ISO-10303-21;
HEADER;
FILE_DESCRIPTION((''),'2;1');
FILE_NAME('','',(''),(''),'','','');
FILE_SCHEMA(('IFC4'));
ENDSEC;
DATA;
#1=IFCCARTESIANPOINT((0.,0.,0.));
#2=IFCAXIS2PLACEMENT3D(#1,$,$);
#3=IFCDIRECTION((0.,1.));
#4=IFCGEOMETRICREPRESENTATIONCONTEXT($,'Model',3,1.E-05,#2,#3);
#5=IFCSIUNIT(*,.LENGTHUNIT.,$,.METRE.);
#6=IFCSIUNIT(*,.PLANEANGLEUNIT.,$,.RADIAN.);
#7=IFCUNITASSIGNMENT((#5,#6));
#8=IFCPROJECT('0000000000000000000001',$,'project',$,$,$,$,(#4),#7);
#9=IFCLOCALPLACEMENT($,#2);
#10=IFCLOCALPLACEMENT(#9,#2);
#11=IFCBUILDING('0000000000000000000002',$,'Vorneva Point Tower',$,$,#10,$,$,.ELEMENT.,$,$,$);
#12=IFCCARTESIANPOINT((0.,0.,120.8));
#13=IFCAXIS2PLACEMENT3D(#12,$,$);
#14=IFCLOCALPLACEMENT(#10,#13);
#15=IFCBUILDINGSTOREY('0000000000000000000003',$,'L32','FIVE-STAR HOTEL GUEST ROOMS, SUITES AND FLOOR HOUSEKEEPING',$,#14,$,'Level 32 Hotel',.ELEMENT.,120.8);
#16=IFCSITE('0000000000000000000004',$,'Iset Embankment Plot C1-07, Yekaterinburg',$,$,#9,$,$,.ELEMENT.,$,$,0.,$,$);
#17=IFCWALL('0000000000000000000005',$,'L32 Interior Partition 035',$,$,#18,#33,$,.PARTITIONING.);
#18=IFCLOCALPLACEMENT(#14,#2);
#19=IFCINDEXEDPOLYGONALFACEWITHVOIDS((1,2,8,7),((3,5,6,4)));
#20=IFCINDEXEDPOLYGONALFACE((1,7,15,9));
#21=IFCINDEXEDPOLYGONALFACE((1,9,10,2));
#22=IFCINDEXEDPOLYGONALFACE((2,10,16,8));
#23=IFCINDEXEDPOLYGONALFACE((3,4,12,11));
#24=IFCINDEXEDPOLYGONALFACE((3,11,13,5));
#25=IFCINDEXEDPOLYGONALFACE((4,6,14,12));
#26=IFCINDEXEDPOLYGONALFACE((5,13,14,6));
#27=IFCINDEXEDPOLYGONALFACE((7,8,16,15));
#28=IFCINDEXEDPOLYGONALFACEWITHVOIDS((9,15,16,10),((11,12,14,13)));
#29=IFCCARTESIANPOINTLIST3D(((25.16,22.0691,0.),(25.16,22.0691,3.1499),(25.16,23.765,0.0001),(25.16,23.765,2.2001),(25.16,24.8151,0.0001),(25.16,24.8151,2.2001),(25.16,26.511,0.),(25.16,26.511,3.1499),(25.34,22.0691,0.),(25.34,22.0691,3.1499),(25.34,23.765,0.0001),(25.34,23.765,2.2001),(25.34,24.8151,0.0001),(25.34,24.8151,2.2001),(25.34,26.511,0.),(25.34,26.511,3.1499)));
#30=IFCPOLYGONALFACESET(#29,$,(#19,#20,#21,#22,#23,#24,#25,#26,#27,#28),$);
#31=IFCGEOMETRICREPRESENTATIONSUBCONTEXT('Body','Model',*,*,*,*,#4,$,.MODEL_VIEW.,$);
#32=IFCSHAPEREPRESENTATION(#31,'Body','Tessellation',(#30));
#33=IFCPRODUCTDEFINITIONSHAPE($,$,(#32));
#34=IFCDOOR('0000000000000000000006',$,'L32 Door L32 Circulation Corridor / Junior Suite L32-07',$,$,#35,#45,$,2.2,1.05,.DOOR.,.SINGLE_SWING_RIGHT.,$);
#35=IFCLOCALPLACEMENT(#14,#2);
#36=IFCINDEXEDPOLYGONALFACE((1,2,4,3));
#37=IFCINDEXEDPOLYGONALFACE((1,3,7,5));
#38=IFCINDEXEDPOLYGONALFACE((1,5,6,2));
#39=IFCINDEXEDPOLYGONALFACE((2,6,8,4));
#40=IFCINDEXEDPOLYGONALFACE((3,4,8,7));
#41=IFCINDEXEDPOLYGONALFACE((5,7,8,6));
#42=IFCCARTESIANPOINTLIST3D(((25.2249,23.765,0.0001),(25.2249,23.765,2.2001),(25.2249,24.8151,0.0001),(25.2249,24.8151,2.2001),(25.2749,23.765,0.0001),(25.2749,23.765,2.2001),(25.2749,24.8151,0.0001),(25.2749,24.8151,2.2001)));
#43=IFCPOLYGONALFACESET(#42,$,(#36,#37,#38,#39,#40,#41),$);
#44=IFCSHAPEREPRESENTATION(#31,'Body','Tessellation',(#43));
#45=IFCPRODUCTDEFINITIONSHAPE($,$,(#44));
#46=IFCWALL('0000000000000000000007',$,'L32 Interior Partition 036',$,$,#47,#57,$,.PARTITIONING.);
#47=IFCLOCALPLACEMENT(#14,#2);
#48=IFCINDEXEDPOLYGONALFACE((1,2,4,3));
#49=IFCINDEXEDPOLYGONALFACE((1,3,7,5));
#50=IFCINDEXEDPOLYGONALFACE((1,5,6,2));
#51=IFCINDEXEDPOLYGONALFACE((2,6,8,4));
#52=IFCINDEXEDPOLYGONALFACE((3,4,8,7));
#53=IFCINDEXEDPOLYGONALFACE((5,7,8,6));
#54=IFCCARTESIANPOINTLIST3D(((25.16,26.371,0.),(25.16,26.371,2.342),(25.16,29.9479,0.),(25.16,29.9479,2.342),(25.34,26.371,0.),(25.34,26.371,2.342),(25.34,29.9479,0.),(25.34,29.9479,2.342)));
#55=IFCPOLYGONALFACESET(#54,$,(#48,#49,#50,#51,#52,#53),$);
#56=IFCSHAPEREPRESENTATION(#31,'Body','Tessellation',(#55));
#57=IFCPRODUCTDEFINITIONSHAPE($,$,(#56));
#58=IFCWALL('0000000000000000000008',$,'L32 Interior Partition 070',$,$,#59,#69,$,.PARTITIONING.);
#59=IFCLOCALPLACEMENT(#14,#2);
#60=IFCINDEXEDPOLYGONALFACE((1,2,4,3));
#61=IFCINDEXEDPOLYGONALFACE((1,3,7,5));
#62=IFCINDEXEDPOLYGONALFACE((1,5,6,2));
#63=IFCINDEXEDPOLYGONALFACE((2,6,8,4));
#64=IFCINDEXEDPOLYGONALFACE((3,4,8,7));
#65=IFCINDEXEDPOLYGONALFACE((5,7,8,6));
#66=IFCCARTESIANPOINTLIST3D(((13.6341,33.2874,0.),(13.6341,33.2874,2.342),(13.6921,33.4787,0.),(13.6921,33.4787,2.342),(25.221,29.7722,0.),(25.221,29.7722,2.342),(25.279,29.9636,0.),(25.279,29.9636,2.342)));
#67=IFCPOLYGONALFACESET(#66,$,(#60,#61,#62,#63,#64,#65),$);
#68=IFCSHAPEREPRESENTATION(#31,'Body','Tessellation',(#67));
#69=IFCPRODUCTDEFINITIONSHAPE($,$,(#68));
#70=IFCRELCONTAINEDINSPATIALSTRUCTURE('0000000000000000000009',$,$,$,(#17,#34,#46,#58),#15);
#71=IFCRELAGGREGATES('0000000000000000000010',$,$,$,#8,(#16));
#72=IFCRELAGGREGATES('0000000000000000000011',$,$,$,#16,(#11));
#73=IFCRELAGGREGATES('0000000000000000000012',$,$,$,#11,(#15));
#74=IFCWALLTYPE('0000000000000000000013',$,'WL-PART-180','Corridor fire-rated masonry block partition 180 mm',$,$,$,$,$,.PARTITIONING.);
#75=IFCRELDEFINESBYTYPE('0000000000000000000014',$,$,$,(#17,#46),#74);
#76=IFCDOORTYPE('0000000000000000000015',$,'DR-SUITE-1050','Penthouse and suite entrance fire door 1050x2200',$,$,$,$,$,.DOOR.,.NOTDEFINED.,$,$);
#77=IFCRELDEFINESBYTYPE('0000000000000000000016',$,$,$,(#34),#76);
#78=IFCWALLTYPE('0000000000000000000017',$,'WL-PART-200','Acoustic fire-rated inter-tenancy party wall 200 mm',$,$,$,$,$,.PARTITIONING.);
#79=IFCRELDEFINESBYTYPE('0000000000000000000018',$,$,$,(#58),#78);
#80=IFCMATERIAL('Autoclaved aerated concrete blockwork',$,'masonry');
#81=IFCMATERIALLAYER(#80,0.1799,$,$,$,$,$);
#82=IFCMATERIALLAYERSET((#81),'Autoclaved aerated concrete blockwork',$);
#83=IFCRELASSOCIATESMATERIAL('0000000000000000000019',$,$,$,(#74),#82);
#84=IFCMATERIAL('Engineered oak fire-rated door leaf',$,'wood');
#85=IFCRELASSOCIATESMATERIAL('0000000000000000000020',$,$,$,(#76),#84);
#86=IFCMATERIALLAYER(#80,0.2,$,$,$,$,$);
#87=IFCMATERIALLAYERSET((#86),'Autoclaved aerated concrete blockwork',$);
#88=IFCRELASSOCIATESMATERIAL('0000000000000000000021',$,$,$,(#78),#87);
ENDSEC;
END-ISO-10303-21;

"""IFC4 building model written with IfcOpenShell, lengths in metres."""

from ifc_helpers import new_model, si_unit, direction, frame, frame_2d, origin, place, context, subcontext, project, spatial, rectangle, extrude, material, layer, layer_set, type_object, element, fill, save


model = new_model("IFC4")

# Units and contexts
model_context = context("Model", 3, precision=1e-05, world=origin(), true_north=direction((0.0, 1.0)))
body_context = subcontext(model_context, "Body", "Model", "MODEL_VIEW")
ifc_project = project(units=[si_unit("LENGTHUNIT", "METRE"), si_unit("PLANEANGLEUNIT", "RADIAN")], contexts=[model_context])

# Site, building, storey
site_placement = place(None, origin())
site = spatial("IfcSite", under=ifc_project, at=site_placement, Name="Iset Embankment Plot C1-07, Yekaterinburg", CompositionType="ELEMENT", RefElevation=0.0)
building_placement = place(site_placement, origin())
building = spatial("IfcBuilding", under=site, at=building_placement, Name="Vorneva Point Tower", CompositionType="ELEMENT")
storey_placement = place(building_placement, frame((0.0, 0.0, 120.8)))
storey = spatial("IfcBuildingStorey", under=building, at=storey_placement, Name="L32", Description="FIVE-STAR HOTEL GUEST ROOMS, SUITES AND FLOOR HOUSEKEEPING", LongName="Level 32 Hotel", CompositionType="ELEMENT", Elevation=120.8)

# Shared definitions
ifc_material_1 = material(Name="Engineered oak fire-rated door leaf", Category="wood")

# Wall, opening, door
ifc_material_2 = material(Name="Autoclaved aerated concrete blockwork", Category="masonry")
ifc_layer_1 = layer(ifc_material_2, 0.1799)
ifc_layer_set_1 = layer_set([ifc_layer_1], Name="Autoclaved aerated concrete blockwork")
wall_type_1 = type_object("IfcWallType", Name="WL-PART-180", Description="Corridor fire-rated masonry block partition 180 mm", PredefinedType="PARTITIONING", material=ifc_layer_set_1)
wall_1_placement = place(storey_placement, frame((25.25, 26.511, 0.0), z_axis=(0.0, 0.0, 1.0), x_axis=(0.0, -1.0, 0.0)))
wall_1 = element("IfcWall", 1, at=wall_1_placement, inside=storey, type_object=wall_type_1, Name="L32 Interior Partition 035", PredefinedType="PARTITIONING", context=body_context, shape_type="SweptSolid", body=[
    extrude(rectangle(XDim=4.4419, YDim=0.1799, at=frame_2d((2.2209, 0.0))), origin(), (0.0, 0.0, 1.0), 3.1499),
])
opening_1_placement = place(wall_1_placement, frame((1.696, 0.0, 0.0)))
opening_1 = element("IfcOpeningElement", 2, at=opening_1_placement, cuts=wall_1, PredefinedType="OPENING", context=body_context, shape_type="SweptSolid", body=[
    extrude(rectangle(XDim=1.05, YDim=2.2, at=frame_2d((0.5249, 1.1001))), frame((0.0, 0.105, 0.0), z_axis=(0.0, -1.0, 0.0), x_axis=(1.0, 0.0, 0.0)), (0.0, 0.0, 1.0), 0.2097),
])
door_type_1 = type_object("IfcDoorType", Name="DR-SUITE-1050", Description="Penthouse and suite entrance fire door 1050x2200", OperationType="NOTDEFINED", PredefinedType="DOOR", material=ifc_material_1)
door_1_placement = place(opening_1_placement, origin())
door_1 = element("IfcDoor", 3, at=door_1_placement, inside=storey, type_object=door_type_1, Name="L32 Door L32 Circulation Corridor / Junior Suite L32-07", OperationType="SINGLE_SWING_RIGHT", OverallHeight=2.2, OverallWidth=1.05, PredefinedType="DOOR", context=body_context, shape_type="SweptSolid", body=[
    extrude(rectangle(XDim=1.05, YDim=2.2, at=frame_2d((0.5249, 1.1001))), frame((0.0, 0.0249, 0.0), z_axis=(0.0, -1.0, 0.0), x_axis=(1.0, 0.0, 0.0)), (0.0, 0.0, 1.0), 0.05),
])
fill(opening_1, door_1)

# Walls
wall_2_placement = place(storey_placement, frame((25.25, 29.948, 0.0), z_axis=(0.0, 0.0, 1.0), x_axis=(0.0, -1.0, 0.0)))
element("IfcWall", 4, at=wall_2_placement, inside=storey, type_object=wall_type_1, Name="L32 Interior Partition 036", PredefinedType="PARTITIONING", context=body_context, shape_type="SweptSolid", body=[
    extrude(rectangle(XDim=3.5769, YDim=0.1799, at=frame_2d((1.7886, 0.0))), origin(), (0.0, 0.0, 1.0), 2.342),
])
ifc_layer_2 = layer(ifc_material_2, 0.2)
ifc_layer_set_2 = layer_set([ifc_layer_2], Name="Autoclaved aerated concrete blockwork")
wall_type_2 = type_object("IfcWallType", Name="WL-PART-200", Description="Acoustic fire-rated inter-tenancy party wall 200 mm", PredefinedType="PARTITIONING", material=ifc_layer_set_2)
wall_3_placement = place(storey_placement, frame((13.6631, 33.3831, 0.0), z_axis=(0.0, 0.0, 1.0), x_axis=(0.956934, -0.290306, 0.0)))
element("IfcWall", 5, at=wall_3_placement, inside=storey, type_object=wall_type_2, Name="L32 Interior Partition 070", PredefinedType="PARTITIONING", context=body_context, shape_type="SweptSolid", body=[
    extrude(rectangle(XDim=12.1084, YDim=0.2, at=frame_2d((6.0542, 0.0))), origin(), (0.0, 0.0, 1.0), 2.342),
])

save(model, "model.ifc")
